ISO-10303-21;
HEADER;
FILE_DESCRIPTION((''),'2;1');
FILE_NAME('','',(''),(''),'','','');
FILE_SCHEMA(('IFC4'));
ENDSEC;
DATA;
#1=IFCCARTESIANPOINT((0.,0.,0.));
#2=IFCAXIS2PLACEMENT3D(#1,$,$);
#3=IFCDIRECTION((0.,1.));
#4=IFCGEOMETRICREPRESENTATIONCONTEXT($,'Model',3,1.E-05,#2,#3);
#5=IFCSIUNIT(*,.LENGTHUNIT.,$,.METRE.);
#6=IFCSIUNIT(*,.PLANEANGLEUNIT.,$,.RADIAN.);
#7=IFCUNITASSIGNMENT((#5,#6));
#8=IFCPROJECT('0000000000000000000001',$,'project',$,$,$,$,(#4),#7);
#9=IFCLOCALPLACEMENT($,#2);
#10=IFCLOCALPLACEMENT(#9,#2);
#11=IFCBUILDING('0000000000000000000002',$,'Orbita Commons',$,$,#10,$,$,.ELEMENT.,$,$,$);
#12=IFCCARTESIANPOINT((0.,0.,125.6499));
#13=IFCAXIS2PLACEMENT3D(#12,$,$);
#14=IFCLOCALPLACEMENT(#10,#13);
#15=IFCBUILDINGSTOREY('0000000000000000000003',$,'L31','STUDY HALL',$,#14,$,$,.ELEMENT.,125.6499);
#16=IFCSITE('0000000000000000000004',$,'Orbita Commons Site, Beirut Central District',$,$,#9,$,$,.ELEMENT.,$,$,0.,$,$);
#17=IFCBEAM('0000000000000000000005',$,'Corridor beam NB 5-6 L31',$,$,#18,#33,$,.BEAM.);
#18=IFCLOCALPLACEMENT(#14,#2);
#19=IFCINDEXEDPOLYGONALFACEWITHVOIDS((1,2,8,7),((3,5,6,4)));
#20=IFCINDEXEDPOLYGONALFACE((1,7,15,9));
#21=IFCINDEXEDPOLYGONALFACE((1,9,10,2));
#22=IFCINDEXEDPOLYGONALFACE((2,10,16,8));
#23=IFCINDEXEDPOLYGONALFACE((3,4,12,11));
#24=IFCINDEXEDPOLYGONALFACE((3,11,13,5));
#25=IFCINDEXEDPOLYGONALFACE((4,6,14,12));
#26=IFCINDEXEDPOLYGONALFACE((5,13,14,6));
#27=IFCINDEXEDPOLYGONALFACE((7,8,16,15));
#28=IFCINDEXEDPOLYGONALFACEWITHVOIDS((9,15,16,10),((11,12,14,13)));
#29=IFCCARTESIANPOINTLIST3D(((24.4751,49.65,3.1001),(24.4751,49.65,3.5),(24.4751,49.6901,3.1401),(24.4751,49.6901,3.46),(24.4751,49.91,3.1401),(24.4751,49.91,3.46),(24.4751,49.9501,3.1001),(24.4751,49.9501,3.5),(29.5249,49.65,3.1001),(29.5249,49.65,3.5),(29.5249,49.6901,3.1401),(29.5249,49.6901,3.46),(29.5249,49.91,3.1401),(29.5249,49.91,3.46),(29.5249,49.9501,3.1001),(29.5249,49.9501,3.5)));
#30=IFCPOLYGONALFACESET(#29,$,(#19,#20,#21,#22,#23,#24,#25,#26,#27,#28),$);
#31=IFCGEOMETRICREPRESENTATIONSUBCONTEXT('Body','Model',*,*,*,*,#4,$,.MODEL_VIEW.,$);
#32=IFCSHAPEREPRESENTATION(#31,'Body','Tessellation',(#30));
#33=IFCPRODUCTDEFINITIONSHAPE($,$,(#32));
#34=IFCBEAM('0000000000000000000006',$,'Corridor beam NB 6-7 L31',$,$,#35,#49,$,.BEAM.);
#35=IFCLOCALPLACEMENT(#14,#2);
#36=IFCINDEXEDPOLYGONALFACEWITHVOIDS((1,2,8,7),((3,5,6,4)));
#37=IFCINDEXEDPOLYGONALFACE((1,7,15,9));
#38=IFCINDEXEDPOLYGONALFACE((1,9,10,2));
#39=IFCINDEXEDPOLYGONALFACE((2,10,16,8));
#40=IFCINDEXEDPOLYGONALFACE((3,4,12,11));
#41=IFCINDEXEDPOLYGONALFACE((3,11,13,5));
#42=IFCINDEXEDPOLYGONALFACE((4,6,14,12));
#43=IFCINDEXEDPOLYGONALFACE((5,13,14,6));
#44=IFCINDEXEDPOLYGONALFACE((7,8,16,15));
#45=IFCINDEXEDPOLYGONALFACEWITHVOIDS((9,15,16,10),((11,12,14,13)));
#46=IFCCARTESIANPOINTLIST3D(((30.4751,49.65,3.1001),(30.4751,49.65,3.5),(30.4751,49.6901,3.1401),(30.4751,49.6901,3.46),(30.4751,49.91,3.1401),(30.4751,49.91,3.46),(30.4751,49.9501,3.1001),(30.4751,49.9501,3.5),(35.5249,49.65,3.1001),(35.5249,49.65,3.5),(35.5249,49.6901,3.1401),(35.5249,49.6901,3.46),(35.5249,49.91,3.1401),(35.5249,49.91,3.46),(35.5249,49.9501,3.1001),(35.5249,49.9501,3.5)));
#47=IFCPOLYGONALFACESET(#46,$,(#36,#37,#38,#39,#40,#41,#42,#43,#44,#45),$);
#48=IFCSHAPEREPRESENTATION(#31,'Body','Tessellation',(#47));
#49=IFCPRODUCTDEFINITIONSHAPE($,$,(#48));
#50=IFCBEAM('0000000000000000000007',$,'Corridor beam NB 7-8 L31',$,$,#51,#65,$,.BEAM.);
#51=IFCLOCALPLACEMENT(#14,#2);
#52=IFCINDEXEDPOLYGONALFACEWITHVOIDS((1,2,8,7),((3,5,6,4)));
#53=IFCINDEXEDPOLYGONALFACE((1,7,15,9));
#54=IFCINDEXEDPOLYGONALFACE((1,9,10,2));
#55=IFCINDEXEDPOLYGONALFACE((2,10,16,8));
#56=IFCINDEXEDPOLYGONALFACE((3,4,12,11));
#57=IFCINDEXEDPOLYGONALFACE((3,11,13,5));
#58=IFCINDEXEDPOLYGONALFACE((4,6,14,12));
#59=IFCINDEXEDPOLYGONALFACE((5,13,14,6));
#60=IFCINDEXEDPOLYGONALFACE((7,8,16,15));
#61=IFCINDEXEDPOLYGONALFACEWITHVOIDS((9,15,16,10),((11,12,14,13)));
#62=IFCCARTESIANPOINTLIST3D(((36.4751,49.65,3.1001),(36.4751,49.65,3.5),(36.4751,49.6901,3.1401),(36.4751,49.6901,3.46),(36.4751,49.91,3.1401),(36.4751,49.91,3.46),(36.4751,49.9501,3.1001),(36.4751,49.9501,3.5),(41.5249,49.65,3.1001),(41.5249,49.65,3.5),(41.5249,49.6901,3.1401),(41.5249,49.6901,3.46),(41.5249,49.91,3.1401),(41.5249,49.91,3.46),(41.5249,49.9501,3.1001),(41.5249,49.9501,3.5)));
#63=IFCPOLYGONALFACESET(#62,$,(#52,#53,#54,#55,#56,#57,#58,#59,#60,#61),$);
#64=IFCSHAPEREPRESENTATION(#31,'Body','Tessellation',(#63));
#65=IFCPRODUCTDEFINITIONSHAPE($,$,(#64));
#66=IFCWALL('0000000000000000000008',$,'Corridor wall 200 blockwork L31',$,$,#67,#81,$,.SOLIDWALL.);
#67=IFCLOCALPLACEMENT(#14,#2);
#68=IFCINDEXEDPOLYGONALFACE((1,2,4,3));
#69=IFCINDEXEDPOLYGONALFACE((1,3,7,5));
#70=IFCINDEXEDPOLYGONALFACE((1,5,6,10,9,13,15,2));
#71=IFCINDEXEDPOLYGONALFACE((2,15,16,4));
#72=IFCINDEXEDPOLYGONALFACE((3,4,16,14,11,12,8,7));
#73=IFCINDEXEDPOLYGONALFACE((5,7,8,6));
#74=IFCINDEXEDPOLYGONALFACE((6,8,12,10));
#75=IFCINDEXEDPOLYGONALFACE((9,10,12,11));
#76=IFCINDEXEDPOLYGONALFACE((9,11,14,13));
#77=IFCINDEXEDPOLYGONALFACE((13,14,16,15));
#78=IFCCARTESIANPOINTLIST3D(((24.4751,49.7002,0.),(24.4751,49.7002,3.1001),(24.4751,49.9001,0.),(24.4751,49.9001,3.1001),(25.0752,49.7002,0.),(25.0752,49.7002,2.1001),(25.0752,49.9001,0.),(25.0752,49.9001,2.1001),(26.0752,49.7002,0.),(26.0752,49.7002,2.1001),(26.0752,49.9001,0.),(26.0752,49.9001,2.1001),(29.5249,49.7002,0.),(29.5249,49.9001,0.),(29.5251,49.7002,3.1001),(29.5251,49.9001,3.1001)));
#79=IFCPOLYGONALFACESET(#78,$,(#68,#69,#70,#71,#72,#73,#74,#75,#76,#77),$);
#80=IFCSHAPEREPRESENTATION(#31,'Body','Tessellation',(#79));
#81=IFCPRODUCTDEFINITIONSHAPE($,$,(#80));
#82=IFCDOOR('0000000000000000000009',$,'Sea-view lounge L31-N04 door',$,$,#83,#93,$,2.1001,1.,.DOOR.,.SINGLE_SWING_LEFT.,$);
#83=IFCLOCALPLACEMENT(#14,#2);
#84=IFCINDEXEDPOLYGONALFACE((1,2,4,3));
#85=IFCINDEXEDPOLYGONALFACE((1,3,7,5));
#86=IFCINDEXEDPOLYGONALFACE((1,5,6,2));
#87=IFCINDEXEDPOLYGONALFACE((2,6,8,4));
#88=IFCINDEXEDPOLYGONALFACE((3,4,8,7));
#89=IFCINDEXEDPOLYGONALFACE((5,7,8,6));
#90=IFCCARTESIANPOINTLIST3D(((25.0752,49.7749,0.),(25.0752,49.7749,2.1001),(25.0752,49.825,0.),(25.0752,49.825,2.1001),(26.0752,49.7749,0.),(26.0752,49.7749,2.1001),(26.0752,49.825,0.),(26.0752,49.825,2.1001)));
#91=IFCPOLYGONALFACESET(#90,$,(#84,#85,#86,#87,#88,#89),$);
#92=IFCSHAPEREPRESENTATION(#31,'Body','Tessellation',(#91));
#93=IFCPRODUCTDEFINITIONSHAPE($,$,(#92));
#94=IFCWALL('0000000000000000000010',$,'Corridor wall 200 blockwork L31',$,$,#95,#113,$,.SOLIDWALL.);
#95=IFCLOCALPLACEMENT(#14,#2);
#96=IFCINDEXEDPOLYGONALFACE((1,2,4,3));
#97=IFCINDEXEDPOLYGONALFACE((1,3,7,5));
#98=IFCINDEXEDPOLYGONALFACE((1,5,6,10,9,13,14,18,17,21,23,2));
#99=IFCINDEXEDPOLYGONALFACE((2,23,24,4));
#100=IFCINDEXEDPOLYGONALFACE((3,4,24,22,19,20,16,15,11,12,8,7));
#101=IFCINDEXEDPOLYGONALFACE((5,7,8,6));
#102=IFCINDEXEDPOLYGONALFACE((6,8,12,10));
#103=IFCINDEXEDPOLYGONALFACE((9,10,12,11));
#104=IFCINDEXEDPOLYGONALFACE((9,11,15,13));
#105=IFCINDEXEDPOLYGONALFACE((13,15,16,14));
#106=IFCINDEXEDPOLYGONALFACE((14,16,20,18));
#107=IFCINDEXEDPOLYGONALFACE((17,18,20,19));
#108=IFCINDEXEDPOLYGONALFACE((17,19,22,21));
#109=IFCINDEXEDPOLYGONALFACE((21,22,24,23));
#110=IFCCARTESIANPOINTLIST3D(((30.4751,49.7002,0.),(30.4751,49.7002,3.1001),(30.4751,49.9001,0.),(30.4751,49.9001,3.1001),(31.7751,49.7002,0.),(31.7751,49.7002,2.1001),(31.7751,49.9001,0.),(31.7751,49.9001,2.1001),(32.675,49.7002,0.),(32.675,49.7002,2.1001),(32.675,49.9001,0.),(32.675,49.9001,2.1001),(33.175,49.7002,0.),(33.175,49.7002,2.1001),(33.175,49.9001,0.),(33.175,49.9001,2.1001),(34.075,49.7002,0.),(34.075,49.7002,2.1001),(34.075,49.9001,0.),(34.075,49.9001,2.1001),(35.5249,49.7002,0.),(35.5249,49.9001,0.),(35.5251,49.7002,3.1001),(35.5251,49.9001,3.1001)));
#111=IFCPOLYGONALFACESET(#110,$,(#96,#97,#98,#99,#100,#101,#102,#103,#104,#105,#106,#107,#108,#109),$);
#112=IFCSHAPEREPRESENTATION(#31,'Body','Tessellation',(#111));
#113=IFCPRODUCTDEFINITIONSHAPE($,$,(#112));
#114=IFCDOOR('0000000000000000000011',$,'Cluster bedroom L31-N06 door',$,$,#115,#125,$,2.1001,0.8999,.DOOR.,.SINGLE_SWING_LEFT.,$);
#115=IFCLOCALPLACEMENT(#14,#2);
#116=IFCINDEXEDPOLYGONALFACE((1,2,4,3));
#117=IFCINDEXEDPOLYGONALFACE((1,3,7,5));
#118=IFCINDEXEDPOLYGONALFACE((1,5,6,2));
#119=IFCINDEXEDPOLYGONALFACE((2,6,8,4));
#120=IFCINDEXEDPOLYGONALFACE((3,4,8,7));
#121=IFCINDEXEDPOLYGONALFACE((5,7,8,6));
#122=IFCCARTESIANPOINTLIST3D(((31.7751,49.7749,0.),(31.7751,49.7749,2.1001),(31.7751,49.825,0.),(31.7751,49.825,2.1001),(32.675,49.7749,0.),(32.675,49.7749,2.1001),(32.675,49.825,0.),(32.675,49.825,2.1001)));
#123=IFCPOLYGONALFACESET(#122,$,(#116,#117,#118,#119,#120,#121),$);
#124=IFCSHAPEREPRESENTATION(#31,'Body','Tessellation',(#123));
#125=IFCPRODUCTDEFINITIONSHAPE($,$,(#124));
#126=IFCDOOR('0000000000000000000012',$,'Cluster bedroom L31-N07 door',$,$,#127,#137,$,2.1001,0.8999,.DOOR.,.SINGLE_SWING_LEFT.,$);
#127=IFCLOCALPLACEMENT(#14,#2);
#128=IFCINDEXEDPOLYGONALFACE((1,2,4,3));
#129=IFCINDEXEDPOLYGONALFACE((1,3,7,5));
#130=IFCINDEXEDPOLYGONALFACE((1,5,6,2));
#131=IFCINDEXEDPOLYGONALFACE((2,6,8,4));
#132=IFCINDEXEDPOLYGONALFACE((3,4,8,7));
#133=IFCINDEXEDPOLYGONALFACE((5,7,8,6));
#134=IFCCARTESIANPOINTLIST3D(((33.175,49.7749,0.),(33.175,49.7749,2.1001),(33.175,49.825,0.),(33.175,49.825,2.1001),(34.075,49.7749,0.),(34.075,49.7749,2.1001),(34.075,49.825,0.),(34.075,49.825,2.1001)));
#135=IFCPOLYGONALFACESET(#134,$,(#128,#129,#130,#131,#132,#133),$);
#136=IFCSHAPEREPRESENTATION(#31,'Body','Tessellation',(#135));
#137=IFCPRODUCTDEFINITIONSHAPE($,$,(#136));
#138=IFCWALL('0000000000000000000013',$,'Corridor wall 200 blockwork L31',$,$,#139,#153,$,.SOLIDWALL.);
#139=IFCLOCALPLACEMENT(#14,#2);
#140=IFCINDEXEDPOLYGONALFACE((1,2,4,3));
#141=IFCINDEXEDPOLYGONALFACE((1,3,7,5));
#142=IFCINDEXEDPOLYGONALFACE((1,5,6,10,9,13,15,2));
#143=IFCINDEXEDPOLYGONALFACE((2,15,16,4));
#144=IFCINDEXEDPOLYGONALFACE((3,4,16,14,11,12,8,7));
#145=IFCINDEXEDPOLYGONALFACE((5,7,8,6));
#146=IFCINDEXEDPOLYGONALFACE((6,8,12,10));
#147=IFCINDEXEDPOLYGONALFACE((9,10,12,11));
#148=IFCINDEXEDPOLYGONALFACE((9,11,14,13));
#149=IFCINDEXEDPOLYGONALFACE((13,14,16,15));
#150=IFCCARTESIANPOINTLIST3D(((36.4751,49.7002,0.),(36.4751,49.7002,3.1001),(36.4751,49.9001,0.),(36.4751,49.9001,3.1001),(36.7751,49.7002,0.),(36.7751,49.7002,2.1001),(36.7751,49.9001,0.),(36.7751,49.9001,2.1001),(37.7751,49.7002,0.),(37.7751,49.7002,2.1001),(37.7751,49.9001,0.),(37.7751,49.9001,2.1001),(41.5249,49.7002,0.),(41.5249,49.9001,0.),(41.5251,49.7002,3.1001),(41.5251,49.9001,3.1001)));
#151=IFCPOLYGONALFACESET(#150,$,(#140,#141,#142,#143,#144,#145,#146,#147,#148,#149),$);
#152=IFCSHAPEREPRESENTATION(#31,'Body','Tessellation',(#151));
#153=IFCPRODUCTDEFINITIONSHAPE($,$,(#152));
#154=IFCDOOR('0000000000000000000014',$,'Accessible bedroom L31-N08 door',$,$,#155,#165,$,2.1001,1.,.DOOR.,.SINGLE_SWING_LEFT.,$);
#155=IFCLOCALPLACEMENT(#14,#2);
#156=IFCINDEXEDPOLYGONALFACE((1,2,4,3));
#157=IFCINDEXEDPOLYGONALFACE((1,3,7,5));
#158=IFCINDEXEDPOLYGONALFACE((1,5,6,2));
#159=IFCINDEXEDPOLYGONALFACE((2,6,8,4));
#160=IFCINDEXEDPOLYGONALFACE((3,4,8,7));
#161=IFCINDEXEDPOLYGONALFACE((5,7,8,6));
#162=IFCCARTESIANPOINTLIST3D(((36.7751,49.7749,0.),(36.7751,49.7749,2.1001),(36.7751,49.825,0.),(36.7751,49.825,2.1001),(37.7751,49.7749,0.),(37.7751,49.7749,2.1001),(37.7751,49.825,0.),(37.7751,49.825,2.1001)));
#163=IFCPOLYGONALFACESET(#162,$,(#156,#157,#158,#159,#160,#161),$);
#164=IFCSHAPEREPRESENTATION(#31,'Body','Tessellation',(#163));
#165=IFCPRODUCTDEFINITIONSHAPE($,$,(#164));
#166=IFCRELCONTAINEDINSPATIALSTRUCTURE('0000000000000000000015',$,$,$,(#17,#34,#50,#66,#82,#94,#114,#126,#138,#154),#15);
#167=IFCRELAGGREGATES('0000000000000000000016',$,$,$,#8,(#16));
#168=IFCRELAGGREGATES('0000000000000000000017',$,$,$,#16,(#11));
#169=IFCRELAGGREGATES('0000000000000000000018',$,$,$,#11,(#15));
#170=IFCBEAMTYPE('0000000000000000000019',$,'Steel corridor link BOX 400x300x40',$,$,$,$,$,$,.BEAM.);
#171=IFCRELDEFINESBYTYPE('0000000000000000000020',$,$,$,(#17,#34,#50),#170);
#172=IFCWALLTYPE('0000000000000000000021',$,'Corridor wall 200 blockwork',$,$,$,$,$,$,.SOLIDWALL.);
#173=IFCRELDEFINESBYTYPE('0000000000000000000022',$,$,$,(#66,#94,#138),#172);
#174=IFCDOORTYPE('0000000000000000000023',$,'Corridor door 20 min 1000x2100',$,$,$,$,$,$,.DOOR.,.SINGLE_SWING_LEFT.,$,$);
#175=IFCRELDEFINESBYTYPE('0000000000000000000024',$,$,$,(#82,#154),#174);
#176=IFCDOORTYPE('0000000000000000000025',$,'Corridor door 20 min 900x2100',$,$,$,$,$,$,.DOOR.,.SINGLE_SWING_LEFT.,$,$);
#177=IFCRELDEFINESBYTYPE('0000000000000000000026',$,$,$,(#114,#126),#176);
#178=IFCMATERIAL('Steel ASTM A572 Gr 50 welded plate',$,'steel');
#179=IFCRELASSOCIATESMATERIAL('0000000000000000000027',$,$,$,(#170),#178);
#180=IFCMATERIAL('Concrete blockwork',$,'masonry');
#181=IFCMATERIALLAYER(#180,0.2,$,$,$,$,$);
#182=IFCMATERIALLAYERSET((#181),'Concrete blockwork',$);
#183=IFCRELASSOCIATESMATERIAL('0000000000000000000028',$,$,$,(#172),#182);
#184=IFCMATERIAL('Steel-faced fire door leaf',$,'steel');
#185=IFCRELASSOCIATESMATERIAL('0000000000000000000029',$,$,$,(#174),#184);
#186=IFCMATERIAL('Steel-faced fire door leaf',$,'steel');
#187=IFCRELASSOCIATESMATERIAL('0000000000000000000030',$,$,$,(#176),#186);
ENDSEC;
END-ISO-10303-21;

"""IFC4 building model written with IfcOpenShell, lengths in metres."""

from ifc_helpers import new_model, si_unit, direction, frame, frame_2d, origin, origin_2d, place, context, subcontext, project, spatial, polyline, rectangle, hollow_rectangle, outline, extrude, material, layer, layer_set, material_profile, profile_set, type_object, element, fill, save


model = new_model("IFC4")

# Units and contexts
model_context = context("Model", 3, precision=1e-05, world=origin(), true_north=direction((0.0, 1.0)))
body_context = subcontext(model_context, "Body", "Model", "MODEL_VIEW")
ifc_project = project(units=[si_unit("LENGTHUNIT", "METRE"), si_unit("PLANEANGLEUNIT", "RADIAN")], contexts=[model_context])

# Site, building, storey
site_placement = place(None, origin())
site = spatial("IfcSite", under=ifc_project, at=site_placement, Name="Orbita Commons Site, Beirut Central District", CompositionType="ELEMENT", RefElevation=0.0)
building_placement = place(site_placement, origin())
building = spatial("IfcBuilding", under=site, at=building_placement, Name="Orbita Commons", CompositionType="ELEMENT")
storey_placement = place(building_placement, frame((0.0, 0.0, 125.6499)))
storey = spatial("IfcBuildingStorey", under=building, at=storey_placement, Name="L31", Description="STUDY HALL", CompositionType="ELEMENT", Elevation=125.6499)

# Beams
ifc_material_1 = material(Name="Steel ASTM A572 Gr 50 welded plate", Category="steel")
ifc_material_profile = material_profile(ifc_material_1, hollow_rectangle(XDim=0.3, YDim=0.3999, WallThickness=0.04, at=origin_2d()), Name="BOX 400x300x40")
ifc_profile_set = profile_set([ifc_material_profile], Name="Steel ASTM A572 Gr 50 welded plate")
beam_type = type_object("IfcBeamType", Name="Steel corridor link BOX 400x300x40", PredefinedType="BEAM", material=ifc_profile_set)
for number, where, z_axis, x_axis, name in (
    (1, (24.4751, 49.8, 3.3), (1.0, 0.0, 0.0), (0.0, 1.0, 0.0), "Corridor beam NB 5-6 L31"),
    (2, (30.4751, 49.8, 3.3), (1.0, 0.0, 0.0), (0.0, 1.0, 0.0), "Corridor beam NB 6-7 L31"),
    (3, (36.4751, 49.8, 3.3), (1.0, 0.0, 0.0), (0.0, 1.0, 0.0), "Corridor beam NB 7-8 L31"),
):
    element("IfcBeam", number, at=place(storey_placement, frame(where, z_axis=z_axis, x_axis=x_axis)), inside=storey, type_object=beam_type, Name=name, PredefinedType="BEAM", context=body_context, shape_type="SweptSolid", body=[
        extrude(hollow_rectangle(XDim=0.3, YDim=0.3999, WallThickness=0.04, at=origin_2d()), origin(), (0.0, 0.0, 1.0), 5.0498),
    ])

# Wall, opening, door
ifc_material_2 = material(Name="Concrete blockwork", Category="masonry")
ifc_layer_1 = layer(ifc_material_2, 0.2)
ifc_layer_set_1 = layer_set([ifc_layer_1], Name="Concrete blockwork")
wall_type_1 = type_object("IfcWallType", Name="Corridor wall 200 blockwork", PredefinedType="SOLIDWALL", material=ifc_layer_set_1)
wall_1_placement = place(storey_placement, frame((24.4751, 49.8, 0.0), z_axis=(0.0, 0.0, 1.0), x_axis=(1.0, 0.0, 0.0)))
wall_1 = element("IfcWall", 4, at=wall_1_placement, inside=storey, type_object=wall_type_1, Name="Corridor wall 200 blockwork L31", PredefinedType="SOLIDWALL", context=body_context, shape_type="SweptSolid", body=[
    extrude(outline(polyline([(0.0, 0.0), (5.0498, 0.0), (5.05, 3.1001), (0.0, 3.1001), (0.0, 0.0)])), frame((0.0, 0.1001, 0.0), z_axis=(0.0, -1.0, 0.0), x_axis=(1.0, 0.0, 0.0)), (0.0, 0.0, 1.0), 0.2),
])
opening_1_placement = place(wall_1_placement, frame((0.6001, 0.0, 0.0)))
opening_1 = element("IfcOpeningElement", 5, at=opening_1_placement, cuts=wall_1, PredefinedType="OPENING", context=body_context, shape_type="SweptSolid", body=[
    extrude(rectangle(XDim=1.0, YDim=2.1001, at=frame_2d((0.5, 1.05))), frame((0.0, 0.1099, 0.0), z_axis=(0.0, -1.0, 0.0), x_axis=(1.0, 0.0, 0.0)), (0.0, 0.0, 1.0), 0.22),
])
ifc_material_3 = material(Name="Steel-faced fire door leaf", Category="steel")
door_type_1 = type_object("IfcDoorType", Name="Corridor door 20 min 1000x2100", OperationType="SINGLE_SWING_LEFT", PredefinedType="DOOR", material=ifc_material_3)
door_1_placement = place(opening_1_placement, origin())
door_1 = element("IfcDoor", 6, at=door_1_placement, inside=storey, type_object=door_type_1, Name="Sea-view lounge L31-N04 door", OperationType="SINGLE_SWING_LEFT", OverallHeight=2.1001, OverallWidth=1.0, PredefinedType="DOOR", context=body_context, shape_type="SweptSolid", body=[
    extrude(rectangle(XDim=1.0, YDim=2.1001, at=frame_2d((0.5, 1.05))), frame((0.0, 0.0249, 0.0), z_axis=(0.0, -1.0, 0.0), x_axis=(1.0, 0.0, 0.0)), (0.0, 0.0, 1.0), 0.05),
])
fill(opening_1, door_1)

# Wall, openings, doors
wall_2_placement = place(storey_placement, frame((30.4751, 49.8, 0.0), z_axis=(0.0, 0.0, 1.0), x_axis=(1.0, 0.0, 0.0)))
wall_2 = element("IfcWall", 7, at=wall_2_placement, inside=storey, type_object=wall_type_1, Name="Corridor wall 200 blockwork L31", PredefinedType="SOLIDWALL", context=body_context, shape_type="SweptSolid", body=[
    extrude(outline(polyline([(0.0, 0.0), (5.0498, 0.0), (5.05, 3.1001), (0.0, 3.1001), (0.0, 0.0)])), frame((0.0, 0.1001, 0.0), z_axis=(0.0, -1.0, 0.0), x_axis=(1.0, 0.0, 0.0)), (0.0, 0.0, 1.0), 0.2),
])
opening_2_placement = place(wall_2_placement, frame((1.3, 0.0, 0.0)))
opening_2 = element("IfcOpeningElement", 8, at=opening_2_placement, cuts=wall_2, PredefinedType="OPENING", context=body_context, shape_type="SweptSolid", body=[
    extrude(rectangle(XDim=0.8999, YDim=2.1001, at=frame_2d((0.45, 1.05))), frame((0.0, 0.1099, 0.0), z_axis=(0.0, -1.0, 0.0), x_axis=(1.0, 0.0, 0.0)), (0.0, 0.0, 1.0), 0.22),
])
opening_3_placement = place(wall_2_placement, frame((2.7, 0.0, 0.0)))
opening_3 = element("IfcOpeningElement", 9, at=opening_3_placement, cuts=wall_2, PredefinedType="OPENING", context=body_context, shape_type="SweptSolid", body=[
    extrude(rectangle(XDim=0.8999, YDim=2.1001, at=frame_2d((0.45, 1.05))), frame((0.0, 0.1099, 0.0), z_axis=(0.0, -1.0, 0.0), x_axis=(1.0, 0.0, 0.0)), (0.0, 0.0, 1.0), 0.22),
])
ifc_material_4 = material(Name="Steel-faced fire door leaf", Category="steel")
door_type_2 = type_object("IfcDoorType", Name="Corridor door 20 min 900x2100", OperationType="SINGLE_SWING_LEFT", PredefinedType="DOOR", material=ifc_material_4)
door_2_placement = place(opening_2_placement, origin())
door_2 = element("IfcDoor", 10, at=door_2_placement, inside=storey, type_object=door_type_2, Name="Cluster bedroom L31-N06 door", OperationType="SINGLE_SWING_LEFT", OverallHeight=2.1001, OverallWidth=0.8999, PredefinedType="DOOR", context=body_context, shape_type="SweptSolid", body=[
    extrude(rectangle(XDim=0.8999, YDim=2.1001, at=frame_2d((0.45, 1.05))), frame((0.0, 0.0249, 0.0), z_axis=(0.0, -1.0, 0.0), x_axis=(1.0, 0.0, 0.0)), (0.0, 0.0, 1.0), 0.05),
])
fill(opening_2, door_2)
door_3_placement = place(opening_3_placement, origin())
door_3 = element("IfcDoor", 11, at=door_3_placement, inside=storey, type_object=door_type_2, Name="Cluster bedroom L31-N07 door", OperationType="SINGLE_SWING_LEFT", OverallHeight=2.1001, OverallWidth=0.8999, PredefinedType="DOOR", context=body_context, shape_type="SweptSolid", body=[
    extrude(rectangle(XDim=0.8999, YDim=2.1001, at=frame_2d((0.45, 1.05))), frame((0.0, 0.0249, 0.0), z_axis=(0.0, -1.0, 0.0), x_axis=(1.0, 0.0, 0.0)), (0.0, 0.0, 1.0), 0.05),
])
fill(opening_3, door_3)

# Wall, opening, door
wall_3_placement = place(storey_placement, frame((36.4751, 49.8, 0.0), z_axis=(0.0, 0.0, 1.0), x_axis=(1.0, 0.0, 0.0)))
wall_3 = element("IfcWall", 12, at=wall_3_placement, inside=storey, type_object=wall_type_1, Name="Corridor wall 200 blockwork L31", PredefinedType="SOLIDWALL", context=body_context, shape_type="SweptSolid", body=[
    extrude(outline(polyline([(0.0, 0.0), (5.0498, 0.0), (5.05, 3.1001), (0.0, 3.1001), (0.0, 0.0)])), frame((0.0, 0.1001, 0.0), z_axis=(0.0, -1.0, 0.0), x_axis=(1.0, 0.0, 0.0)), (0.0, 0.0, 1.0), 0.2),
])
opening_4_placement = place(wall_3_placement, frame((0.3, 0.0, 0.0)))
opening_4 = element("IfcOpeningElement", 13, at=opening_4_placement, cuts=wall_3, PredefinedType="OPENING", context=body_context, shape_type="SweptSolid", body=[
    extrude(rectangle(XDim=1.0, YDim=2.1001, at=frame_2d((0.5, 1.05))), frame((0.0, 0.1099, 0.0), z_axis=(0.0, -1.0, 0.0), x_axis=(1.0, 0.0, 0.0)), (0.0, 0.0, 1.0), 0.22),
])
door_4_placement = place(opening_4_placement, origin())
door_4 = element("IfcDoor", 14, at=door_4_placement, inside=storey, type_object=door_type_1, Name="Accessible bedroom L31-N08 door", OperationType="SINGLE_SWING_LEFT", OverallHeight=2.1001, OverallWidth=1.0, PredefinedType="DOOR", context=body_context, shape_type="SweptSolid", body=[
    extrude(rectangle(XDim=1.0, YDim=2.1001, at=frame_2d((0.5, 1.05))), frame((0.0, 0.0249, 0.0), z_axis=(0.0, -1.0, 0.0), x_axis=(1.0, 0.0, 0.0)), (0.0, 0.0, 1.0), 0.05),
])
fill(opening_4, door_4)

save(model, "model.ifc")
